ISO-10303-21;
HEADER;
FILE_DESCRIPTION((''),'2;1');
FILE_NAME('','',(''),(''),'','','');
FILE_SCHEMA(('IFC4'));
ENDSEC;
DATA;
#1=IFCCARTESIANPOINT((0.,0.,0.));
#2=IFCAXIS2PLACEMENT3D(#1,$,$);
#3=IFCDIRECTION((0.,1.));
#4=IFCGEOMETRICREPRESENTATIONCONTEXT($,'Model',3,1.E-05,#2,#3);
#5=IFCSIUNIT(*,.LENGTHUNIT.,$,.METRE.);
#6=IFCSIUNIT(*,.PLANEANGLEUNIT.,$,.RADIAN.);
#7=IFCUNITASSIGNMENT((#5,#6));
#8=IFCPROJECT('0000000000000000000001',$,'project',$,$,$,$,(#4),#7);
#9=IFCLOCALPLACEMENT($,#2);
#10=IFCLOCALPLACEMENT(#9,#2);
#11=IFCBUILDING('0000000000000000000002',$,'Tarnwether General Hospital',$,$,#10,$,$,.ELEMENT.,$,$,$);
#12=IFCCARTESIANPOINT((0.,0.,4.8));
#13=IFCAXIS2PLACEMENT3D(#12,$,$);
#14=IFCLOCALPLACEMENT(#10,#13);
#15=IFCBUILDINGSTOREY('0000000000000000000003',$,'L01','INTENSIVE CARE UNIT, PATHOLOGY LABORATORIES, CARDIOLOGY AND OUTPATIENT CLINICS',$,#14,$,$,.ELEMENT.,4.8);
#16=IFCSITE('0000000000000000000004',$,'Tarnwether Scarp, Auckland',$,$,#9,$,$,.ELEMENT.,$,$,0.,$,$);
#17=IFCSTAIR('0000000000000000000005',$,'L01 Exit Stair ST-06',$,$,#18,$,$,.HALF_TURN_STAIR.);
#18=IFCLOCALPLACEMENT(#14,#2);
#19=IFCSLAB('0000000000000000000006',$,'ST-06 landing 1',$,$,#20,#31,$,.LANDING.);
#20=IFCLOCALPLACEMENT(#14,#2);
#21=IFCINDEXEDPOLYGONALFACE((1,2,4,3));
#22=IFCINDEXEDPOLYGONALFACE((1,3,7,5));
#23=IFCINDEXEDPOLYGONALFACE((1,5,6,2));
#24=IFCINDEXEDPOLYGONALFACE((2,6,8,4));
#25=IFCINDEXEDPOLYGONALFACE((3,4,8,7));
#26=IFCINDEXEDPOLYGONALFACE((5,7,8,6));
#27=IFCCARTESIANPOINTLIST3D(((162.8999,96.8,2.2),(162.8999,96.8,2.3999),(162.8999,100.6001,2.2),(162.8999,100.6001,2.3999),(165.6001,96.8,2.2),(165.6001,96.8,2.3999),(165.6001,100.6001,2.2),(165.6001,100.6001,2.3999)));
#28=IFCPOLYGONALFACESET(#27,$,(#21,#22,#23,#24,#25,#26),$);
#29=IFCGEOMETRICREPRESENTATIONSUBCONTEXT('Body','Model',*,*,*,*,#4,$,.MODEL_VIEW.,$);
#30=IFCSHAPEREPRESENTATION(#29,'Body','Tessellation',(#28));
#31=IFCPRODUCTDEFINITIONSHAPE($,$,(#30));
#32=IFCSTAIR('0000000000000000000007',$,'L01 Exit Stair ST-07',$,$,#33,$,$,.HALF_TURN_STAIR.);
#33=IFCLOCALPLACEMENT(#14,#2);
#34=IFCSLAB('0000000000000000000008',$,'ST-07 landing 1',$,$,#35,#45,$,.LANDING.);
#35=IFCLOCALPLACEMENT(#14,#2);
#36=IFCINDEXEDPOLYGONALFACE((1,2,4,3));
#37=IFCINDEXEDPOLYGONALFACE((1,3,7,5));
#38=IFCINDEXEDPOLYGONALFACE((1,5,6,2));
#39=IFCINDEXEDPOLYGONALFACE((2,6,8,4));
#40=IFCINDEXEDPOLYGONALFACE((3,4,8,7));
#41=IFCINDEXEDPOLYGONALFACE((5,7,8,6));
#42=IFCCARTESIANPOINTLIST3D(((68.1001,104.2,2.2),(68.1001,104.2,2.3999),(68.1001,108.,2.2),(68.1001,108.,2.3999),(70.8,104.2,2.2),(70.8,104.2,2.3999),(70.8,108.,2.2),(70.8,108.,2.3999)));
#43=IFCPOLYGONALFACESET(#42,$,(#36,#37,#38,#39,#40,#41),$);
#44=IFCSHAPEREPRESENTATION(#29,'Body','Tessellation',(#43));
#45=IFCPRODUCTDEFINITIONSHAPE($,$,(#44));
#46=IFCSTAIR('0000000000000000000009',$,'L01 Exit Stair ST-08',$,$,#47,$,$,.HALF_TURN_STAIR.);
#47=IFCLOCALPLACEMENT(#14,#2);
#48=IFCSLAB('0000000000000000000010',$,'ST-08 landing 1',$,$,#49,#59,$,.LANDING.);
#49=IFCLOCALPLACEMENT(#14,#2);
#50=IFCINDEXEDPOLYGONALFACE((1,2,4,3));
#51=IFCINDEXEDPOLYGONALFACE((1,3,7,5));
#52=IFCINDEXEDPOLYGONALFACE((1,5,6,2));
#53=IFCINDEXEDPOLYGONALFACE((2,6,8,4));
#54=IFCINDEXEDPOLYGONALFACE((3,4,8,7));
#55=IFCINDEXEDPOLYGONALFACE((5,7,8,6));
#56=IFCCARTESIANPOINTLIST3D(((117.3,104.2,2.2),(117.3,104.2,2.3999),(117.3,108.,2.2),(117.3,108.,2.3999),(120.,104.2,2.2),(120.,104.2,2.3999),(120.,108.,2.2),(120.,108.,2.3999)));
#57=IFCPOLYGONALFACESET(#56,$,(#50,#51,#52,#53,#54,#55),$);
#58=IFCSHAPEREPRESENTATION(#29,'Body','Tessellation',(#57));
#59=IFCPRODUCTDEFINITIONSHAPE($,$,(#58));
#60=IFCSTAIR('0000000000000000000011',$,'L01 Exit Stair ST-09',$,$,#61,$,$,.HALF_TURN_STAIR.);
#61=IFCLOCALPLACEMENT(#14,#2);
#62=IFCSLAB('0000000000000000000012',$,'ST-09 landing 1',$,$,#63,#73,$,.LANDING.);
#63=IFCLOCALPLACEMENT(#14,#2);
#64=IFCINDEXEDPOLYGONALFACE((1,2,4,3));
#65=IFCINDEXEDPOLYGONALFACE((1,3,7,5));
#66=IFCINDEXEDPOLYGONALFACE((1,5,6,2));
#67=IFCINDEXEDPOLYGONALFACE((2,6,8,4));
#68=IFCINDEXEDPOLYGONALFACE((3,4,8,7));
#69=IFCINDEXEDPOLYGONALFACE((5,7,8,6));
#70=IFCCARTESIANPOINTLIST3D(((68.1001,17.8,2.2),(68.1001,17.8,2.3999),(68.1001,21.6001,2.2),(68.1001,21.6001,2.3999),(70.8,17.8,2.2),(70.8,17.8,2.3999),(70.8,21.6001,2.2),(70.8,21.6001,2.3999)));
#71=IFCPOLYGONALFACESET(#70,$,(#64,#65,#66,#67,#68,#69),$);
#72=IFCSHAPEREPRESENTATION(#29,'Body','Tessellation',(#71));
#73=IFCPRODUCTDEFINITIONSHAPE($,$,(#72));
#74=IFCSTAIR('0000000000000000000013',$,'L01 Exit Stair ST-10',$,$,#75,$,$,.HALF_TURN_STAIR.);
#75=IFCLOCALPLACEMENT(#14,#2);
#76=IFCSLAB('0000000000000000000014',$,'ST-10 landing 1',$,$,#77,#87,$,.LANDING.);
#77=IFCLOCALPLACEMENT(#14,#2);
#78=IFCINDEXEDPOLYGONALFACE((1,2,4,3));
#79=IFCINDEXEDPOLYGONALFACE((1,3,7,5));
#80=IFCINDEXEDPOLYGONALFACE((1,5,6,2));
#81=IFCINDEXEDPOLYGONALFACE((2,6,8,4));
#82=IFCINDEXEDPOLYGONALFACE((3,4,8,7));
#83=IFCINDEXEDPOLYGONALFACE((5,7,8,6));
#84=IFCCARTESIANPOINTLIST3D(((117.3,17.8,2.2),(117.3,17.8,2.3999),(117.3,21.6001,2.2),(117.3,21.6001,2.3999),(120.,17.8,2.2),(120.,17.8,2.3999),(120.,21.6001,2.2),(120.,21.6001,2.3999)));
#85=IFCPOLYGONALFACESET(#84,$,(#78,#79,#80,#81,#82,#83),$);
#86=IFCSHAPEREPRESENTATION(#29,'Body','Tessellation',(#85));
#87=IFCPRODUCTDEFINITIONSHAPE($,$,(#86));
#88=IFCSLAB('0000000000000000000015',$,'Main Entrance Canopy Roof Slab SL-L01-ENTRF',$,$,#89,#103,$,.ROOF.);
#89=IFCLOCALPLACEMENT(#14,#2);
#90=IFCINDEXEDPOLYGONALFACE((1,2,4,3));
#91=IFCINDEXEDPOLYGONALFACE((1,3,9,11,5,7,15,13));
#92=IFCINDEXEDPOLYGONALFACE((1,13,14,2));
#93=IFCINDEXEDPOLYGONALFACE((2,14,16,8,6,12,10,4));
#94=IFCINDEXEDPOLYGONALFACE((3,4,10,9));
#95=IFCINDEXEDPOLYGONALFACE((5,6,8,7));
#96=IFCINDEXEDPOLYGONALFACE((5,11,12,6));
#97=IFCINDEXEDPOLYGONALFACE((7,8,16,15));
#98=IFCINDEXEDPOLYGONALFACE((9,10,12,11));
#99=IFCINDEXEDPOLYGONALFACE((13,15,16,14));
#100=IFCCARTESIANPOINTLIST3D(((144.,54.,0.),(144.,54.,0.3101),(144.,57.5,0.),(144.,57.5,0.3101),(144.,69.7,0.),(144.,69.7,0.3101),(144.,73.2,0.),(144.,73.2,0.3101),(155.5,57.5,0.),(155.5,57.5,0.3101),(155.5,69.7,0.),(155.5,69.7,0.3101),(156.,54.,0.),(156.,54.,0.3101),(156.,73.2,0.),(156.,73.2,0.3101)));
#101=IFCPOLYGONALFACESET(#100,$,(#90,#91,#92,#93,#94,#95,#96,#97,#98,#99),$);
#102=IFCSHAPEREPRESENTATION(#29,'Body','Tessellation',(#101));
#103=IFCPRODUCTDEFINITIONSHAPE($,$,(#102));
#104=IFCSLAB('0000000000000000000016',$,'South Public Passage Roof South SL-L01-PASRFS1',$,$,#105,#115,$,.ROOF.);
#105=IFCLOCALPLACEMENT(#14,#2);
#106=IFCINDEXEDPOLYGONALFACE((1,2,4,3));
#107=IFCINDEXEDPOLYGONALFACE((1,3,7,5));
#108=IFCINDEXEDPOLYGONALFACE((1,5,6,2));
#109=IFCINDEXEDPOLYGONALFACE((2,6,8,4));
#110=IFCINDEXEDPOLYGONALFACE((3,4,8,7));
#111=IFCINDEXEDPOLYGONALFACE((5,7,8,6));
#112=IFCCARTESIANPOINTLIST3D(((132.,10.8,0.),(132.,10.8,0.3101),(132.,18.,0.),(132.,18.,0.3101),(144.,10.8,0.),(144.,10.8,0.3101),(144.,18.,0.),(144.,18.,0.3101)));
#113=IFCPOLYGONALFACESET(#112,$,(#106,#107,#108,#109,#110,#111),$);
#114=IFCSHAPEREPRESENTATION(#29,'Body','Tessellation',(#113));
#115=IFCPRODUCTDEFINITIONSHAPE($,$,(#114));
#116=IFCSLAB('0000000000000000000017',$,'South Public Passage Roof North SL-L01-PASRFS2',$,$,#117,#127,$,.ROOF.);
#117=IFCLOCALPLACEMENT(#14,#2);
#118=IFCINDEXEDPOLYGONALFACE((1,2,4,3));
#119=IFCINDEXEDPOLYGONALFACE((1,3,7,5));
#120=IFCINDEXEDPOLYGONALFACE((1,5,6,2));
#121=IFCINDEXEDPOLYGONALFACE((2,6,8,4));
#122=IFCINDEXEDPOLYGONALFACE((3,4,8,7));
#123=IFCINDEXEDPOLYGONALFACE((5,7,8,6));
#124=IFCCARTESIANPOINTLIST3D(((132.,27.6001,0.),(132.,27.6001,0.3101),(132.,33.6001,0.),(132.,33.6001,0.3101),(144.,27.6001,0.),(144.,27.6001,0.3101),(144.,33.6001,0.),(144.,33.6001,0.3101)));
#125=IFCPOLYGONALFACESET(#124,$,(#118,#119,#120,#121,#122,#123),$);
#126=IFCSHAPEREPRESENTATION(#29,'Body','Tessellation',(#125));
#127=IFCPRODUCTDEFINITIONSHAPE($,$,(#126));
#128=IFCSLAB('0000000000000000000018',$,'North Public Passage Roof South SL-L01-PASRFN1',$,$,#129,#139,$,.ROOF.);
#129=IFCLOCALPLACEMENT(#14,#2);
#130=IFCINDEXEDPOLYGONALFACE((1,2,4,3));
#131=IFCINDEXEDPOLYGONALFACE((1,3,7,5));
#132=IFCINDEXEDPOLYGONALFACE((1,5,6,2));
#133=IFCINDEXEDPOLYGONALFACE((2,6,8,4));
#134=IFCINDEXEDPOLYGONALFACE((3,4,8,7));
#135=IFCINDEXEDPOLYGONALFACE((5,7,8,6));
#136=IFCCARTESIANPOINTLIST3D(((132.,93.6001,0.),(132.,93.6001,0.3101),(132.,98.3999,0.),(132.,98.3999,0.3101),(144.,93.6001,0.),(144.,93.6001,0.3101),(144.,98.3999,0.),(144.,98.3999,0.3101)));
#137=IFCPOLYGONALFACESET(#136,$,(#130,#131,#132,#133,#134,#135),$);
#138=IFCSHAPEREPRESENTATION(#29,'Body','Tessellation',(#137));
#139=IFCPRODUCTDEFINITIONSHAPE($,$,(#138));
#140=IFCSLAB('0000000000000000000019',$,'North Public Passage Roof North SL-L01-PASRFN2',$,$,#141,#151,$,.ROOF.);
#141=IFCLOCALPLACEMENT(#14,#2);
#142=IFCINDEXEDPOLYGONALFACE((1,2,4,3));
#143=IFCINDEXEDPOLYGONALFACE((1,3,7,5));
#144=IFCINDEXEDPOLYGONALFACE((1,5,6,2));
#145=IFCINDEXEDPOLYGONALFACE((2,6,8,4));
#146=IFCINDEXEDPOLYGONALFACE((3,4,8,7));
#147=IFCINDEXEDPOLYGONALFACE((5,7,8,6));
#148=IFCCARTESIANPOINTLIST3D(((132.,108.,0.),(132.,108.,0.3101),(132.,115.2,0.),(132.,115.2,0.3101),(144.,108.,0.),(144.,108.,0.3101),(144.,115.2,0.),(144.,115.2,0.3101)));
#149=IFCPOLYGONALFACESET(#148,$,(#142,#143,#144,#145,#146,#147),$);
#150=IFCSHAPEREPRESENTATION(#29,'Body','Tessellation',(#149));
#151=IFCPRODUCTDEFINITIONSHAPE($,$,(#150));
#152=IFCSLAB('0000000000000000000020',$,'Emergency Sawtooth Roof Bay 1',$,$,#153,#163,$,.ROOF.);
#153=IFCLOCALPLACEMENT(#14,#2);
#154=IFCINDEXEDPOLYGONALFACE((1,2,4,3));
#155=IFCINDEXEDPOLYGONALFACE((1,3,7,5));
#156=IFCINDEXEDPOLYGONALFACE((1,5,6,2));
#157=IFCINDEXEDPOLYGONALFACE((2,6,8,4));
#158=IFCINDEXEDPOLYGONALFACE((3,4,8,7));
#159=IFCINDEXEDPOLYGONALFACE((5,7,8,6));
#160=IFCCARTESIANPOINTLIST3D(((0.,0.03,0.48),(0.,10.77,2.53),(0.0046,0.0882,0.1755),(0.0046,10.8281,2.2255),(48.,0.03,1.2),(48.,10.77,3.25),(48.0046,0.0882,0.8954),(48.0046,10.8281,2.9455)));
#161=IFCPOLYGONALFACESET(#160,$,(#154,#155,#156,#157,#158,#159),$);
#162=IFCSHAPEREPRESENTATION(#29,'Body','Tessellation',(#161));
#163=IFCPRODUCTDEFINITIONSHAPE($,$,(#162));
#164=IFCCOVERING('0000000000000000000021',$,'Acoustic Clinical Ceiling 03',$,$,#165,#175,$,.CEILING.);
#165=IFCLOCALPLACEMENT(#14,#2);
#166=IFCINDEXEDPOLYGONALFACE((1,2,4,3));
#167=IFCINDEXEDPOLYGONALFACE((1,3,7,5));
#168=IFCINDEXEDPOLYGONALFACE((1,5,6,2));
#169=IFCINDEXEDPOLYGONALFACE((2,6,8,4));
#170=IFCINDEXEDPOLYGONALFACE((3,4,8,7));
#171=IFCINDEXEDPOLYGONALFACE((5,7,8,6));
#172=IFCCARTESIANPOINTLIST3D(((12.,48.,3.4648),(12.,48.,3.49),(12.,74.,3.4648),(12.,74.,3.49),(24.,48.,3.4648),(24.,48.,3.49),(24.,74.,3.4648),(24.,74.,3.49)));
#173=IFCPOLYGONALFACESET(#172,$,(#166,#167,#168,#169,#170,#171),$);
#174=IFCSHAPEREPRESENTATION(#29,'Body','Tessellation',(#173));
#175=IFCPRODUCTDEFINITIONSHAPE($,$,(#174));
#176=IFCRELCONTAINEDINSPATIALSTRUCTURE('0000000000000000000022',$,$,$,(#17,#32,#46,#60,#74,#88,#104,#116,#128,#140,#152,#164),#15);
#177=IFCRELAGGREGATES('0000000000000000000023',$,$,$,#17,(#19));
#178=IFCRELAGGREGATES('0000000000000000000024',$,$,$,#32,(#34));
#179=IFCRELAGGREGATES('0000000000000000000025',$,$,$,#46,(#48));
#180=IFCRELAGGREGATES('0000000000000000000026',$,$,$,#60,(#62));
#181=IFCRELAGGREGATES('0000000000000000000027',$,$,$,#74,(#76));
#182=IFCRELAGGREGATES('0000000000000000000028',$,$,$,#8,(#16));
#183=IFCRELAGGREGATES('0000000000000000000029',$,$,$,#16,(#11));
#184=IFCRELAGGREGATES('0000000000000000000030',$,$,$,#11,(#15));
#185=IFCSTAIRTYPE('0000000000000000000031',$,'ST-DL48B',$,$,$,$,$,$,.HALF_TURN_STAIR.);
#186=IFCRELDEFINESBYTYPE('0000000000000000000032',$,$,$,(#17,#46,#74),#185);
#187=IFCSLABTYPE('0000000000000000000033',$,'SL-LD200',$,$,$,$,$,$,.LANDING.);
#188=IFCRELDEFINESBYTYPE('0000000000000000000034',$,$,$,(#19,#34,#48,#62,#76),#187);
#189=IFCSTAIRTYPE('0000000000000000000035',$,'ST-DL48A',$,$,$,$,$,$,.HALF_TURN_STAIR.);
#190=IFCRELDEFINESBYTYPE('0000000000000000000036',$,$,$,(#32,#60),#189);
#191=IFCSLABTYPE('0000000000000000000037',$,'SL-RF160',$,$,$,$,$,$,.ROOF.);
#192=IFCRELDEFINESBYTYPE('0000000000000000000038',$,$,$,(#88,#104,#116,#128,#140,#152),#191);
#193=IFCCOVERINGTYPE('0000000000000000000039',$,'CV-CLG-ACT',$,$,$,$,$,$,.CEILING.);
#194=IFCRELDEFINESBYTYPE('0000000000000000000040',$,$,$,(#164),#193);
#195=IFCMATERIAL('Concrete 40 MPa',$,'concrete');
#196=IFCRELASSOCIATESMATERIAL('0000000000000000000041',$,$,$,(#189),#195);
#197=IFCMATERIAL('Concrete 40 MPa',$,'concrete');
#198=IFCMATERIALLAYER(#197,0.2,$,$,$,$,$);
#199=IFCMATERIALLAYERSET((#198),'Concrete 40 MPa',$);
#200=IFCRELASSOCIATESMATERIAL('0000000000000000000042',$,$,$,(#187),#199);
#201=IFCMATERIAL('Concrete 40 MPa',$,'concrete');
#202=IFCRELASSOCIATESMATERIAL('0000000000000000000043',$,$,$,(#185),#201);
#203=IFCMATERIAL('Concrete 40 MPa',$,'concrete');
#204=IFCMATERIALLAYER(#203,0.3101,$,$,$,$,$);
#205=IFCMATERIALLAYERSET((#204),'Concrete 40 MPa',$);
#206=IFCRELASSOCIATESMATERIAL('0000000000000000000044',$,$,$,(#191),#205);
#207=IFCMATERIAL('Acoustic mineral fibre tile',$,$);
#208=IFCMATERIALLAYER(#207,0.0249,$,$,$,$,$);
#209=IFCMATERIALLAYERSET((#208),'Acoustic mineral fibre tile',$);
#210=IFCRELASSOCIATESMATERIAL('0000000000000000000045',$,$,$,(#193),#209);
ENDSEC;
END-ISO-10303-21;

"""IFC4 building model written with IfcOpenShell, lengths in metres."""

from ifc_helpers import new_model, si_unit, direction, frame, origin, place, context, subcontext, project, spatial, polyline, outline, extrude, material, layer, layer_set, type_object, element, aggregate, save


model = new_model("IFC4")

# Units and contexts
model_context = context("Model", 3, precision=1e-05, world=origin(), true_north=direction((0.0, 1.0)))
body_context = subcontext(model_context, "Body", "Model", "MODEL_VIEW")
ifc_project = project(units=[si_unit("LENGTHUNIT", "METRE"), si_unit("PLANEANGLEUNIT", "RADIAN")], contexts=[model_context])

# Site, building, storey
site_placement = place(None, origin())
site = spatial("IfcSite", under=ifc_project, at=site_placement, Name="Tarnwether Scarp, Auckland", CompositionType="ELEMENT", RefElevation=0.0)
building_placement = place(site_placement, origin())
building = spatial("IfcBuilding", under=site, at=building_placement, Name="Tarnwether General Hospital", CompositionType="ELEMENT")
storey_placement = place(building_placement, frame((0.0, 0.0, 4.8)))
storey = spatial("IfcBuildingStorey", under=building, at=storey_placement, Name="L01", Description="INTENSIVE CARE UNIT, PATHOLOGY LABORATORIES, CARDIOLOGY AND OUTPATIENT CLINICS", CompositionType="ELEMENT", Elevation=4.8)

# Stairs, slabs
ifc_material_1 = material(Name="Concrete 40 MPa", Category="concrete")
stair_type_1 = type_object("IfcStairType", Name="ST-DL48A", PredefinedType="HALF_TURN_STAIR", material=ifc_material_1)
ifc_material_2 = material(Name="Concrete 40 MPa", Category="concrete")
ifc_layer_1 = layer(ifc_material_2, 0.2)
ifc_layer_set_1 = layer_set([ifc_layer_1], Name="Concrete 40 MPa")
slab_type_1 = type_object("IfcSlabType", Name="SL-LD200", PredefinedType="LANDING", material=ifc_layer_set_1)
ifc_material_3 = material(Name="Concrete 40 MPa", Category="concrete")
stair_type_2 = type_object("IfcStairType", Name="ST-DL48B", PredefinedType="HALF_TURN_STAIR", material=ifc_material_3)
stair_1_placement = place(storey_placement, origin())
stair_1 = element("IfcStair", 1, at=stair_1_placement, inside=storey, type_object=stair_type_2, Name="L01 Exit Stair ST-06", PredefinedType="HALF_TURN_STAIR")
slab_1_placement = place(storey_placement, frame((0.0, 0.0, 2.2)))
slab_1 = element("IfcSlab", 2, at=slab_1_placement, type_object=slab_type_1, Name="ST-06 landing 1", PredefinedType="LANDING", context=body_context, shape_type="SweptSolid", body=[
    extrude(outline(polyline([(162.8999, 96.8), (165.6001, 96.8), (165.6001, 100.6001), (162.8999, 100.6001), (162.8999, 96.8)])), origin(), (0.0, 0.0, 1.0), 0.2),
])
aggregate(stair_1, [slab_1])
stair_2_placement = place(storey_placement, origin())
stair_2 = element("IfcStair", 3, at=stair_2_placement, inside=storey, type_object=stair_type_1, Name="L01 Exit Stair ST-07", PredefinedType="HALF_TURN_STAIR")
slab_2_placement = place(storey_placement, frame((0.0, 0.0, 2.2)))
slab_2 = element("IfcSlab", 4, at=slab_2_placement, type_object=slab_type_1, Name="ST-07 landing 1", PredefinedType="LANDING", context=body_context, shape_type="SweptSolid", body=[
    extrude(outline(polyline([(68.1001, 104.2), (70.8, 104.2), (70.8, 108.0), (68.1001, 108.0), (68.1001, 104.2)])), origin(), (0.0, 0.0, 1.0), 0.2),
])
aggregate(stair_2, [slab_2])
stair_3_placement = place(storey_placement, origin())
stair_3 = element("IfcStair", 5, at=stair_3_placement, inside=storey, type_object=stair_type_2, Name="L01 Exit Stair ST-08", PredefinedType="HALF_TURN_STAIR")
slab_3_placement = place(storey_placement, frame((0.0, 0.0, 2.2)))
slab_3 = element("IfcSlab", 6, at=slab_3_placement, type_object=slab_type_1, Name="ST-08 landing 1", PredefinedType="LANDING", context=body_context, shape_type="SweptSolid", body=[
    extrude(outline(polyline([(117.3, 104.2), (120.0, 104.2), (120.0, 108.0), (117.3, 108.0), (117.3, 104.2)])), origin(), (0.0, 0.0, 1.0), 0.2),
])
aggregate(stair_3, [slab_3])
stair_4_placement = place(storey_placement, origin())
stair_4 = element("IfcStair", 7, at=stair_4_placement, inside=storey, type_object=stair_type_1, Name="L01 Exit Stair ST-09", PredefinedType="HALF_TURN_STAIR")
slab_4_placement = place(storey_placement, frame((0.0, 0.0, 2.2)))
slab_4 = element("IfcSlab", 8, at=slab_4_placement, type_object=slab_type_1, Name="ST-09 landing 1", PredefinedType="LANDING", context=body_context, shape_type="SweptSolid", body=[
    extrude(outline(polyline([(68.1001, 17.8), (70.8, 17.8), (70.8, 21.6001), (68.1001, 21.6001), (68.1001, 17.8)])), origin(), (0.0, 0.0, 1.0), 0.2),
])
aggregate(stair_4, [slab_4])
stair_5_placement = place(storey_placement, origin())
stair_5 = element("IfcStair", 9, at=stair_5_placement, inside=storey, type_object=stair_type_2, Name="L01 Exit Stair ST-10", PredefinedType="HALF_TURN_STAIR")
slab_5_placement = place(storey_placement, frame((0.0, 0.0, 2.2)))
slab_5 = element("IfcSlab", 10, at=slab_5_placement, type_object=slab_type_1, Name="ST-10 landing 1", PredefinedType="LANDING", context=body_context, shape_type="SweptSolid", body=[
    extrude(outline(polyline([(117.3, 17.8), (120.0, 17.8), (120.0, 21.6001), (117.3, 21.6001), (117.3, 17.8)])), origin(), (0.0, 0.0, 1.0), 0.2),
])
aggregate(stair_5, [slab_5])

# Slabs
ifc_material_4 = material(Name="Concrete 40 MPa", Category="concrete")
ifc_layer_2 = layer(ifc_material_4, 0.3101)
ifc_layer_set_2 = layer_set([ifc_layer_2], Name="Concrete 40 MPa")
slab_type_2 = type_object("IfcSlabType", Name="SL-RF160", PredefinedType="ROOF", material=ifc_layer_set_2)
slab_6_placement = place(storey_placement, origin())
element("IfcSlab", 11, at=slab_6_placement, inside=storey, type_object=slab_type_2, Name="Main Entrance Canopy Roof Slab SL-L01-ENTRF", PredefinedType="ROOF", context=body_context, shape_type="SweptSolid", body=[
    extrude(outline(polyline([(144.0, 73.2), (156.0, 73.2), (156.0, 54.0), (144.0, 54.0), (144.0, 57.5), (155.5, 57.5), (155.5, 69.7), (144.0, 69.7), (144.0, 73.2)])), origin(), (0.0, 0.0, 1.0), 0.3101),
])
slab_7_placement = place(storey_placement, origin())
element("IfcSlab", 12, at=slab_7_placement, inside=storey, type_object=slab_type_2, Name="South Public Passage Roof South SL-L01-PASRFS1", PredefinedType="ROOF", context=body_context, shape_type="SweptSolid", body=[
    extrude(outline(polyline([(144.0, 10.8), (144.0, 18.0), (132.0, 18.0), (132.0, 10.8), (144.0, 10.8)])), origin(), (0.0, 0.0, 1.0), 0.3101),
])
slab_8_placement = place(storey_placement, origin())
element("IfcSlab", 13, at=slab_8_placement, inside=storey, type_object=slab_type_2, Name="South Public Passage Roof North SL-L01-PASRFS2", PredefinedType="ROOF", context=body_context, shape_type="SweptSolid", body=[
    extrude(outline(polyline([(144.0, 27.6001), (144.0, 33.6001), (132.0, 33.6001), (132.0, 27.6001), (144.0, 27.6001)])), origin(), (0.0, 0.0, 1.0), 0.3101),
])
slab_9_placement = place(storey_placement, origin())
element("IfcSlab", 14, at=slab_9_placement, inside=storey, type_object=slab_type_2, Name="North Public Passage Roof South SL-L01-PASRFN1", PredefinedType="ROOF", context=body_context, shape_type="SweptSolid", body=[
    extrude(outline(polyline([(144.0, 93.6001), (144.0, 98.3999), (132.0, 98.3999), (132.0, 93.6001), (144.0, 93.6001)])), origin(), (0.0, 0.0, 1.0), 0.3101),
])
slab_10_placement = place(storey_placement, origin())
element("IfcSlab", 15, at=slab_10_placement, inside=storey, type_object=slab_type_2, Name="North Public Passage Roof North SL-L01-PASRFN2", PredefinedType="ROOF", context=body_context, shape_type="SweptSolid", body=[
    extrude(outline(polyline([(144.0, 108.0), (144.0, 115.2), (132.0, 115.2), (132.0, 108.0), (144.0, 108.0)])), origin(), (0.0, 0.0, 1.0), 0.3101),
])
slab_11_placement = place(storey_placement, frame((0.0, 0.03, 0.48), z_axis=(-0.014732, -0.187474, 0.982159), x_axis=(0.999888, 0.0, 0.014998)))
element("IfcSlab", 16, at=slab_11_placement, inside=storey, type_object=slab_type_2, Name="Emergency Sawtooth Roof Bay 1", PredefinedType="ROOF", context=body_context, shape_type="SweptSolid", body=[
    extrude(outline(polyline([(0.0, 0.0), (48.0054, 0.0), (48.0361, 10.9339), (0.0307, 10.9339), (0.0, 0.0)])), origin(), (0.0, 0.0, -1.0), 0.3101),
])

# Covering
ifc_material_5 = material(Name="Acoustic mineral fibre tile")
ifc_layer_3 = layer(ifc_material_5, 0.0249)
ifc_layer_set_3 = layer_set([ifc_layer_3], Name="Acoustic mineral fibre tile")
covering_type = type_object("IfcCoveringType", Name="CV-CLG-ACT", PredefinedType="CEILING", material=ifc_layer_set_3)
covering_placement = place(storey_placement, frame((0.0, 0.0, 3.4648)))
element("IfcCovering", 17, at=covering_placement, inside=storey, type_object=covering_type, Name="Acoustic Clinical Ceiling 03", PredefinedType="CEILING", context=body_context, shape_type="SweptSolid", body=[
    extrude(outline(polyline([(12.0, 48.0), (24.0, 48.0), (24.0, 74.0), (12.0, 74.0), (12.0, 48.0)])), origin(), (0.0, 0.0, 1.0), 0.0251),
])

save(model, "model.ifc")
